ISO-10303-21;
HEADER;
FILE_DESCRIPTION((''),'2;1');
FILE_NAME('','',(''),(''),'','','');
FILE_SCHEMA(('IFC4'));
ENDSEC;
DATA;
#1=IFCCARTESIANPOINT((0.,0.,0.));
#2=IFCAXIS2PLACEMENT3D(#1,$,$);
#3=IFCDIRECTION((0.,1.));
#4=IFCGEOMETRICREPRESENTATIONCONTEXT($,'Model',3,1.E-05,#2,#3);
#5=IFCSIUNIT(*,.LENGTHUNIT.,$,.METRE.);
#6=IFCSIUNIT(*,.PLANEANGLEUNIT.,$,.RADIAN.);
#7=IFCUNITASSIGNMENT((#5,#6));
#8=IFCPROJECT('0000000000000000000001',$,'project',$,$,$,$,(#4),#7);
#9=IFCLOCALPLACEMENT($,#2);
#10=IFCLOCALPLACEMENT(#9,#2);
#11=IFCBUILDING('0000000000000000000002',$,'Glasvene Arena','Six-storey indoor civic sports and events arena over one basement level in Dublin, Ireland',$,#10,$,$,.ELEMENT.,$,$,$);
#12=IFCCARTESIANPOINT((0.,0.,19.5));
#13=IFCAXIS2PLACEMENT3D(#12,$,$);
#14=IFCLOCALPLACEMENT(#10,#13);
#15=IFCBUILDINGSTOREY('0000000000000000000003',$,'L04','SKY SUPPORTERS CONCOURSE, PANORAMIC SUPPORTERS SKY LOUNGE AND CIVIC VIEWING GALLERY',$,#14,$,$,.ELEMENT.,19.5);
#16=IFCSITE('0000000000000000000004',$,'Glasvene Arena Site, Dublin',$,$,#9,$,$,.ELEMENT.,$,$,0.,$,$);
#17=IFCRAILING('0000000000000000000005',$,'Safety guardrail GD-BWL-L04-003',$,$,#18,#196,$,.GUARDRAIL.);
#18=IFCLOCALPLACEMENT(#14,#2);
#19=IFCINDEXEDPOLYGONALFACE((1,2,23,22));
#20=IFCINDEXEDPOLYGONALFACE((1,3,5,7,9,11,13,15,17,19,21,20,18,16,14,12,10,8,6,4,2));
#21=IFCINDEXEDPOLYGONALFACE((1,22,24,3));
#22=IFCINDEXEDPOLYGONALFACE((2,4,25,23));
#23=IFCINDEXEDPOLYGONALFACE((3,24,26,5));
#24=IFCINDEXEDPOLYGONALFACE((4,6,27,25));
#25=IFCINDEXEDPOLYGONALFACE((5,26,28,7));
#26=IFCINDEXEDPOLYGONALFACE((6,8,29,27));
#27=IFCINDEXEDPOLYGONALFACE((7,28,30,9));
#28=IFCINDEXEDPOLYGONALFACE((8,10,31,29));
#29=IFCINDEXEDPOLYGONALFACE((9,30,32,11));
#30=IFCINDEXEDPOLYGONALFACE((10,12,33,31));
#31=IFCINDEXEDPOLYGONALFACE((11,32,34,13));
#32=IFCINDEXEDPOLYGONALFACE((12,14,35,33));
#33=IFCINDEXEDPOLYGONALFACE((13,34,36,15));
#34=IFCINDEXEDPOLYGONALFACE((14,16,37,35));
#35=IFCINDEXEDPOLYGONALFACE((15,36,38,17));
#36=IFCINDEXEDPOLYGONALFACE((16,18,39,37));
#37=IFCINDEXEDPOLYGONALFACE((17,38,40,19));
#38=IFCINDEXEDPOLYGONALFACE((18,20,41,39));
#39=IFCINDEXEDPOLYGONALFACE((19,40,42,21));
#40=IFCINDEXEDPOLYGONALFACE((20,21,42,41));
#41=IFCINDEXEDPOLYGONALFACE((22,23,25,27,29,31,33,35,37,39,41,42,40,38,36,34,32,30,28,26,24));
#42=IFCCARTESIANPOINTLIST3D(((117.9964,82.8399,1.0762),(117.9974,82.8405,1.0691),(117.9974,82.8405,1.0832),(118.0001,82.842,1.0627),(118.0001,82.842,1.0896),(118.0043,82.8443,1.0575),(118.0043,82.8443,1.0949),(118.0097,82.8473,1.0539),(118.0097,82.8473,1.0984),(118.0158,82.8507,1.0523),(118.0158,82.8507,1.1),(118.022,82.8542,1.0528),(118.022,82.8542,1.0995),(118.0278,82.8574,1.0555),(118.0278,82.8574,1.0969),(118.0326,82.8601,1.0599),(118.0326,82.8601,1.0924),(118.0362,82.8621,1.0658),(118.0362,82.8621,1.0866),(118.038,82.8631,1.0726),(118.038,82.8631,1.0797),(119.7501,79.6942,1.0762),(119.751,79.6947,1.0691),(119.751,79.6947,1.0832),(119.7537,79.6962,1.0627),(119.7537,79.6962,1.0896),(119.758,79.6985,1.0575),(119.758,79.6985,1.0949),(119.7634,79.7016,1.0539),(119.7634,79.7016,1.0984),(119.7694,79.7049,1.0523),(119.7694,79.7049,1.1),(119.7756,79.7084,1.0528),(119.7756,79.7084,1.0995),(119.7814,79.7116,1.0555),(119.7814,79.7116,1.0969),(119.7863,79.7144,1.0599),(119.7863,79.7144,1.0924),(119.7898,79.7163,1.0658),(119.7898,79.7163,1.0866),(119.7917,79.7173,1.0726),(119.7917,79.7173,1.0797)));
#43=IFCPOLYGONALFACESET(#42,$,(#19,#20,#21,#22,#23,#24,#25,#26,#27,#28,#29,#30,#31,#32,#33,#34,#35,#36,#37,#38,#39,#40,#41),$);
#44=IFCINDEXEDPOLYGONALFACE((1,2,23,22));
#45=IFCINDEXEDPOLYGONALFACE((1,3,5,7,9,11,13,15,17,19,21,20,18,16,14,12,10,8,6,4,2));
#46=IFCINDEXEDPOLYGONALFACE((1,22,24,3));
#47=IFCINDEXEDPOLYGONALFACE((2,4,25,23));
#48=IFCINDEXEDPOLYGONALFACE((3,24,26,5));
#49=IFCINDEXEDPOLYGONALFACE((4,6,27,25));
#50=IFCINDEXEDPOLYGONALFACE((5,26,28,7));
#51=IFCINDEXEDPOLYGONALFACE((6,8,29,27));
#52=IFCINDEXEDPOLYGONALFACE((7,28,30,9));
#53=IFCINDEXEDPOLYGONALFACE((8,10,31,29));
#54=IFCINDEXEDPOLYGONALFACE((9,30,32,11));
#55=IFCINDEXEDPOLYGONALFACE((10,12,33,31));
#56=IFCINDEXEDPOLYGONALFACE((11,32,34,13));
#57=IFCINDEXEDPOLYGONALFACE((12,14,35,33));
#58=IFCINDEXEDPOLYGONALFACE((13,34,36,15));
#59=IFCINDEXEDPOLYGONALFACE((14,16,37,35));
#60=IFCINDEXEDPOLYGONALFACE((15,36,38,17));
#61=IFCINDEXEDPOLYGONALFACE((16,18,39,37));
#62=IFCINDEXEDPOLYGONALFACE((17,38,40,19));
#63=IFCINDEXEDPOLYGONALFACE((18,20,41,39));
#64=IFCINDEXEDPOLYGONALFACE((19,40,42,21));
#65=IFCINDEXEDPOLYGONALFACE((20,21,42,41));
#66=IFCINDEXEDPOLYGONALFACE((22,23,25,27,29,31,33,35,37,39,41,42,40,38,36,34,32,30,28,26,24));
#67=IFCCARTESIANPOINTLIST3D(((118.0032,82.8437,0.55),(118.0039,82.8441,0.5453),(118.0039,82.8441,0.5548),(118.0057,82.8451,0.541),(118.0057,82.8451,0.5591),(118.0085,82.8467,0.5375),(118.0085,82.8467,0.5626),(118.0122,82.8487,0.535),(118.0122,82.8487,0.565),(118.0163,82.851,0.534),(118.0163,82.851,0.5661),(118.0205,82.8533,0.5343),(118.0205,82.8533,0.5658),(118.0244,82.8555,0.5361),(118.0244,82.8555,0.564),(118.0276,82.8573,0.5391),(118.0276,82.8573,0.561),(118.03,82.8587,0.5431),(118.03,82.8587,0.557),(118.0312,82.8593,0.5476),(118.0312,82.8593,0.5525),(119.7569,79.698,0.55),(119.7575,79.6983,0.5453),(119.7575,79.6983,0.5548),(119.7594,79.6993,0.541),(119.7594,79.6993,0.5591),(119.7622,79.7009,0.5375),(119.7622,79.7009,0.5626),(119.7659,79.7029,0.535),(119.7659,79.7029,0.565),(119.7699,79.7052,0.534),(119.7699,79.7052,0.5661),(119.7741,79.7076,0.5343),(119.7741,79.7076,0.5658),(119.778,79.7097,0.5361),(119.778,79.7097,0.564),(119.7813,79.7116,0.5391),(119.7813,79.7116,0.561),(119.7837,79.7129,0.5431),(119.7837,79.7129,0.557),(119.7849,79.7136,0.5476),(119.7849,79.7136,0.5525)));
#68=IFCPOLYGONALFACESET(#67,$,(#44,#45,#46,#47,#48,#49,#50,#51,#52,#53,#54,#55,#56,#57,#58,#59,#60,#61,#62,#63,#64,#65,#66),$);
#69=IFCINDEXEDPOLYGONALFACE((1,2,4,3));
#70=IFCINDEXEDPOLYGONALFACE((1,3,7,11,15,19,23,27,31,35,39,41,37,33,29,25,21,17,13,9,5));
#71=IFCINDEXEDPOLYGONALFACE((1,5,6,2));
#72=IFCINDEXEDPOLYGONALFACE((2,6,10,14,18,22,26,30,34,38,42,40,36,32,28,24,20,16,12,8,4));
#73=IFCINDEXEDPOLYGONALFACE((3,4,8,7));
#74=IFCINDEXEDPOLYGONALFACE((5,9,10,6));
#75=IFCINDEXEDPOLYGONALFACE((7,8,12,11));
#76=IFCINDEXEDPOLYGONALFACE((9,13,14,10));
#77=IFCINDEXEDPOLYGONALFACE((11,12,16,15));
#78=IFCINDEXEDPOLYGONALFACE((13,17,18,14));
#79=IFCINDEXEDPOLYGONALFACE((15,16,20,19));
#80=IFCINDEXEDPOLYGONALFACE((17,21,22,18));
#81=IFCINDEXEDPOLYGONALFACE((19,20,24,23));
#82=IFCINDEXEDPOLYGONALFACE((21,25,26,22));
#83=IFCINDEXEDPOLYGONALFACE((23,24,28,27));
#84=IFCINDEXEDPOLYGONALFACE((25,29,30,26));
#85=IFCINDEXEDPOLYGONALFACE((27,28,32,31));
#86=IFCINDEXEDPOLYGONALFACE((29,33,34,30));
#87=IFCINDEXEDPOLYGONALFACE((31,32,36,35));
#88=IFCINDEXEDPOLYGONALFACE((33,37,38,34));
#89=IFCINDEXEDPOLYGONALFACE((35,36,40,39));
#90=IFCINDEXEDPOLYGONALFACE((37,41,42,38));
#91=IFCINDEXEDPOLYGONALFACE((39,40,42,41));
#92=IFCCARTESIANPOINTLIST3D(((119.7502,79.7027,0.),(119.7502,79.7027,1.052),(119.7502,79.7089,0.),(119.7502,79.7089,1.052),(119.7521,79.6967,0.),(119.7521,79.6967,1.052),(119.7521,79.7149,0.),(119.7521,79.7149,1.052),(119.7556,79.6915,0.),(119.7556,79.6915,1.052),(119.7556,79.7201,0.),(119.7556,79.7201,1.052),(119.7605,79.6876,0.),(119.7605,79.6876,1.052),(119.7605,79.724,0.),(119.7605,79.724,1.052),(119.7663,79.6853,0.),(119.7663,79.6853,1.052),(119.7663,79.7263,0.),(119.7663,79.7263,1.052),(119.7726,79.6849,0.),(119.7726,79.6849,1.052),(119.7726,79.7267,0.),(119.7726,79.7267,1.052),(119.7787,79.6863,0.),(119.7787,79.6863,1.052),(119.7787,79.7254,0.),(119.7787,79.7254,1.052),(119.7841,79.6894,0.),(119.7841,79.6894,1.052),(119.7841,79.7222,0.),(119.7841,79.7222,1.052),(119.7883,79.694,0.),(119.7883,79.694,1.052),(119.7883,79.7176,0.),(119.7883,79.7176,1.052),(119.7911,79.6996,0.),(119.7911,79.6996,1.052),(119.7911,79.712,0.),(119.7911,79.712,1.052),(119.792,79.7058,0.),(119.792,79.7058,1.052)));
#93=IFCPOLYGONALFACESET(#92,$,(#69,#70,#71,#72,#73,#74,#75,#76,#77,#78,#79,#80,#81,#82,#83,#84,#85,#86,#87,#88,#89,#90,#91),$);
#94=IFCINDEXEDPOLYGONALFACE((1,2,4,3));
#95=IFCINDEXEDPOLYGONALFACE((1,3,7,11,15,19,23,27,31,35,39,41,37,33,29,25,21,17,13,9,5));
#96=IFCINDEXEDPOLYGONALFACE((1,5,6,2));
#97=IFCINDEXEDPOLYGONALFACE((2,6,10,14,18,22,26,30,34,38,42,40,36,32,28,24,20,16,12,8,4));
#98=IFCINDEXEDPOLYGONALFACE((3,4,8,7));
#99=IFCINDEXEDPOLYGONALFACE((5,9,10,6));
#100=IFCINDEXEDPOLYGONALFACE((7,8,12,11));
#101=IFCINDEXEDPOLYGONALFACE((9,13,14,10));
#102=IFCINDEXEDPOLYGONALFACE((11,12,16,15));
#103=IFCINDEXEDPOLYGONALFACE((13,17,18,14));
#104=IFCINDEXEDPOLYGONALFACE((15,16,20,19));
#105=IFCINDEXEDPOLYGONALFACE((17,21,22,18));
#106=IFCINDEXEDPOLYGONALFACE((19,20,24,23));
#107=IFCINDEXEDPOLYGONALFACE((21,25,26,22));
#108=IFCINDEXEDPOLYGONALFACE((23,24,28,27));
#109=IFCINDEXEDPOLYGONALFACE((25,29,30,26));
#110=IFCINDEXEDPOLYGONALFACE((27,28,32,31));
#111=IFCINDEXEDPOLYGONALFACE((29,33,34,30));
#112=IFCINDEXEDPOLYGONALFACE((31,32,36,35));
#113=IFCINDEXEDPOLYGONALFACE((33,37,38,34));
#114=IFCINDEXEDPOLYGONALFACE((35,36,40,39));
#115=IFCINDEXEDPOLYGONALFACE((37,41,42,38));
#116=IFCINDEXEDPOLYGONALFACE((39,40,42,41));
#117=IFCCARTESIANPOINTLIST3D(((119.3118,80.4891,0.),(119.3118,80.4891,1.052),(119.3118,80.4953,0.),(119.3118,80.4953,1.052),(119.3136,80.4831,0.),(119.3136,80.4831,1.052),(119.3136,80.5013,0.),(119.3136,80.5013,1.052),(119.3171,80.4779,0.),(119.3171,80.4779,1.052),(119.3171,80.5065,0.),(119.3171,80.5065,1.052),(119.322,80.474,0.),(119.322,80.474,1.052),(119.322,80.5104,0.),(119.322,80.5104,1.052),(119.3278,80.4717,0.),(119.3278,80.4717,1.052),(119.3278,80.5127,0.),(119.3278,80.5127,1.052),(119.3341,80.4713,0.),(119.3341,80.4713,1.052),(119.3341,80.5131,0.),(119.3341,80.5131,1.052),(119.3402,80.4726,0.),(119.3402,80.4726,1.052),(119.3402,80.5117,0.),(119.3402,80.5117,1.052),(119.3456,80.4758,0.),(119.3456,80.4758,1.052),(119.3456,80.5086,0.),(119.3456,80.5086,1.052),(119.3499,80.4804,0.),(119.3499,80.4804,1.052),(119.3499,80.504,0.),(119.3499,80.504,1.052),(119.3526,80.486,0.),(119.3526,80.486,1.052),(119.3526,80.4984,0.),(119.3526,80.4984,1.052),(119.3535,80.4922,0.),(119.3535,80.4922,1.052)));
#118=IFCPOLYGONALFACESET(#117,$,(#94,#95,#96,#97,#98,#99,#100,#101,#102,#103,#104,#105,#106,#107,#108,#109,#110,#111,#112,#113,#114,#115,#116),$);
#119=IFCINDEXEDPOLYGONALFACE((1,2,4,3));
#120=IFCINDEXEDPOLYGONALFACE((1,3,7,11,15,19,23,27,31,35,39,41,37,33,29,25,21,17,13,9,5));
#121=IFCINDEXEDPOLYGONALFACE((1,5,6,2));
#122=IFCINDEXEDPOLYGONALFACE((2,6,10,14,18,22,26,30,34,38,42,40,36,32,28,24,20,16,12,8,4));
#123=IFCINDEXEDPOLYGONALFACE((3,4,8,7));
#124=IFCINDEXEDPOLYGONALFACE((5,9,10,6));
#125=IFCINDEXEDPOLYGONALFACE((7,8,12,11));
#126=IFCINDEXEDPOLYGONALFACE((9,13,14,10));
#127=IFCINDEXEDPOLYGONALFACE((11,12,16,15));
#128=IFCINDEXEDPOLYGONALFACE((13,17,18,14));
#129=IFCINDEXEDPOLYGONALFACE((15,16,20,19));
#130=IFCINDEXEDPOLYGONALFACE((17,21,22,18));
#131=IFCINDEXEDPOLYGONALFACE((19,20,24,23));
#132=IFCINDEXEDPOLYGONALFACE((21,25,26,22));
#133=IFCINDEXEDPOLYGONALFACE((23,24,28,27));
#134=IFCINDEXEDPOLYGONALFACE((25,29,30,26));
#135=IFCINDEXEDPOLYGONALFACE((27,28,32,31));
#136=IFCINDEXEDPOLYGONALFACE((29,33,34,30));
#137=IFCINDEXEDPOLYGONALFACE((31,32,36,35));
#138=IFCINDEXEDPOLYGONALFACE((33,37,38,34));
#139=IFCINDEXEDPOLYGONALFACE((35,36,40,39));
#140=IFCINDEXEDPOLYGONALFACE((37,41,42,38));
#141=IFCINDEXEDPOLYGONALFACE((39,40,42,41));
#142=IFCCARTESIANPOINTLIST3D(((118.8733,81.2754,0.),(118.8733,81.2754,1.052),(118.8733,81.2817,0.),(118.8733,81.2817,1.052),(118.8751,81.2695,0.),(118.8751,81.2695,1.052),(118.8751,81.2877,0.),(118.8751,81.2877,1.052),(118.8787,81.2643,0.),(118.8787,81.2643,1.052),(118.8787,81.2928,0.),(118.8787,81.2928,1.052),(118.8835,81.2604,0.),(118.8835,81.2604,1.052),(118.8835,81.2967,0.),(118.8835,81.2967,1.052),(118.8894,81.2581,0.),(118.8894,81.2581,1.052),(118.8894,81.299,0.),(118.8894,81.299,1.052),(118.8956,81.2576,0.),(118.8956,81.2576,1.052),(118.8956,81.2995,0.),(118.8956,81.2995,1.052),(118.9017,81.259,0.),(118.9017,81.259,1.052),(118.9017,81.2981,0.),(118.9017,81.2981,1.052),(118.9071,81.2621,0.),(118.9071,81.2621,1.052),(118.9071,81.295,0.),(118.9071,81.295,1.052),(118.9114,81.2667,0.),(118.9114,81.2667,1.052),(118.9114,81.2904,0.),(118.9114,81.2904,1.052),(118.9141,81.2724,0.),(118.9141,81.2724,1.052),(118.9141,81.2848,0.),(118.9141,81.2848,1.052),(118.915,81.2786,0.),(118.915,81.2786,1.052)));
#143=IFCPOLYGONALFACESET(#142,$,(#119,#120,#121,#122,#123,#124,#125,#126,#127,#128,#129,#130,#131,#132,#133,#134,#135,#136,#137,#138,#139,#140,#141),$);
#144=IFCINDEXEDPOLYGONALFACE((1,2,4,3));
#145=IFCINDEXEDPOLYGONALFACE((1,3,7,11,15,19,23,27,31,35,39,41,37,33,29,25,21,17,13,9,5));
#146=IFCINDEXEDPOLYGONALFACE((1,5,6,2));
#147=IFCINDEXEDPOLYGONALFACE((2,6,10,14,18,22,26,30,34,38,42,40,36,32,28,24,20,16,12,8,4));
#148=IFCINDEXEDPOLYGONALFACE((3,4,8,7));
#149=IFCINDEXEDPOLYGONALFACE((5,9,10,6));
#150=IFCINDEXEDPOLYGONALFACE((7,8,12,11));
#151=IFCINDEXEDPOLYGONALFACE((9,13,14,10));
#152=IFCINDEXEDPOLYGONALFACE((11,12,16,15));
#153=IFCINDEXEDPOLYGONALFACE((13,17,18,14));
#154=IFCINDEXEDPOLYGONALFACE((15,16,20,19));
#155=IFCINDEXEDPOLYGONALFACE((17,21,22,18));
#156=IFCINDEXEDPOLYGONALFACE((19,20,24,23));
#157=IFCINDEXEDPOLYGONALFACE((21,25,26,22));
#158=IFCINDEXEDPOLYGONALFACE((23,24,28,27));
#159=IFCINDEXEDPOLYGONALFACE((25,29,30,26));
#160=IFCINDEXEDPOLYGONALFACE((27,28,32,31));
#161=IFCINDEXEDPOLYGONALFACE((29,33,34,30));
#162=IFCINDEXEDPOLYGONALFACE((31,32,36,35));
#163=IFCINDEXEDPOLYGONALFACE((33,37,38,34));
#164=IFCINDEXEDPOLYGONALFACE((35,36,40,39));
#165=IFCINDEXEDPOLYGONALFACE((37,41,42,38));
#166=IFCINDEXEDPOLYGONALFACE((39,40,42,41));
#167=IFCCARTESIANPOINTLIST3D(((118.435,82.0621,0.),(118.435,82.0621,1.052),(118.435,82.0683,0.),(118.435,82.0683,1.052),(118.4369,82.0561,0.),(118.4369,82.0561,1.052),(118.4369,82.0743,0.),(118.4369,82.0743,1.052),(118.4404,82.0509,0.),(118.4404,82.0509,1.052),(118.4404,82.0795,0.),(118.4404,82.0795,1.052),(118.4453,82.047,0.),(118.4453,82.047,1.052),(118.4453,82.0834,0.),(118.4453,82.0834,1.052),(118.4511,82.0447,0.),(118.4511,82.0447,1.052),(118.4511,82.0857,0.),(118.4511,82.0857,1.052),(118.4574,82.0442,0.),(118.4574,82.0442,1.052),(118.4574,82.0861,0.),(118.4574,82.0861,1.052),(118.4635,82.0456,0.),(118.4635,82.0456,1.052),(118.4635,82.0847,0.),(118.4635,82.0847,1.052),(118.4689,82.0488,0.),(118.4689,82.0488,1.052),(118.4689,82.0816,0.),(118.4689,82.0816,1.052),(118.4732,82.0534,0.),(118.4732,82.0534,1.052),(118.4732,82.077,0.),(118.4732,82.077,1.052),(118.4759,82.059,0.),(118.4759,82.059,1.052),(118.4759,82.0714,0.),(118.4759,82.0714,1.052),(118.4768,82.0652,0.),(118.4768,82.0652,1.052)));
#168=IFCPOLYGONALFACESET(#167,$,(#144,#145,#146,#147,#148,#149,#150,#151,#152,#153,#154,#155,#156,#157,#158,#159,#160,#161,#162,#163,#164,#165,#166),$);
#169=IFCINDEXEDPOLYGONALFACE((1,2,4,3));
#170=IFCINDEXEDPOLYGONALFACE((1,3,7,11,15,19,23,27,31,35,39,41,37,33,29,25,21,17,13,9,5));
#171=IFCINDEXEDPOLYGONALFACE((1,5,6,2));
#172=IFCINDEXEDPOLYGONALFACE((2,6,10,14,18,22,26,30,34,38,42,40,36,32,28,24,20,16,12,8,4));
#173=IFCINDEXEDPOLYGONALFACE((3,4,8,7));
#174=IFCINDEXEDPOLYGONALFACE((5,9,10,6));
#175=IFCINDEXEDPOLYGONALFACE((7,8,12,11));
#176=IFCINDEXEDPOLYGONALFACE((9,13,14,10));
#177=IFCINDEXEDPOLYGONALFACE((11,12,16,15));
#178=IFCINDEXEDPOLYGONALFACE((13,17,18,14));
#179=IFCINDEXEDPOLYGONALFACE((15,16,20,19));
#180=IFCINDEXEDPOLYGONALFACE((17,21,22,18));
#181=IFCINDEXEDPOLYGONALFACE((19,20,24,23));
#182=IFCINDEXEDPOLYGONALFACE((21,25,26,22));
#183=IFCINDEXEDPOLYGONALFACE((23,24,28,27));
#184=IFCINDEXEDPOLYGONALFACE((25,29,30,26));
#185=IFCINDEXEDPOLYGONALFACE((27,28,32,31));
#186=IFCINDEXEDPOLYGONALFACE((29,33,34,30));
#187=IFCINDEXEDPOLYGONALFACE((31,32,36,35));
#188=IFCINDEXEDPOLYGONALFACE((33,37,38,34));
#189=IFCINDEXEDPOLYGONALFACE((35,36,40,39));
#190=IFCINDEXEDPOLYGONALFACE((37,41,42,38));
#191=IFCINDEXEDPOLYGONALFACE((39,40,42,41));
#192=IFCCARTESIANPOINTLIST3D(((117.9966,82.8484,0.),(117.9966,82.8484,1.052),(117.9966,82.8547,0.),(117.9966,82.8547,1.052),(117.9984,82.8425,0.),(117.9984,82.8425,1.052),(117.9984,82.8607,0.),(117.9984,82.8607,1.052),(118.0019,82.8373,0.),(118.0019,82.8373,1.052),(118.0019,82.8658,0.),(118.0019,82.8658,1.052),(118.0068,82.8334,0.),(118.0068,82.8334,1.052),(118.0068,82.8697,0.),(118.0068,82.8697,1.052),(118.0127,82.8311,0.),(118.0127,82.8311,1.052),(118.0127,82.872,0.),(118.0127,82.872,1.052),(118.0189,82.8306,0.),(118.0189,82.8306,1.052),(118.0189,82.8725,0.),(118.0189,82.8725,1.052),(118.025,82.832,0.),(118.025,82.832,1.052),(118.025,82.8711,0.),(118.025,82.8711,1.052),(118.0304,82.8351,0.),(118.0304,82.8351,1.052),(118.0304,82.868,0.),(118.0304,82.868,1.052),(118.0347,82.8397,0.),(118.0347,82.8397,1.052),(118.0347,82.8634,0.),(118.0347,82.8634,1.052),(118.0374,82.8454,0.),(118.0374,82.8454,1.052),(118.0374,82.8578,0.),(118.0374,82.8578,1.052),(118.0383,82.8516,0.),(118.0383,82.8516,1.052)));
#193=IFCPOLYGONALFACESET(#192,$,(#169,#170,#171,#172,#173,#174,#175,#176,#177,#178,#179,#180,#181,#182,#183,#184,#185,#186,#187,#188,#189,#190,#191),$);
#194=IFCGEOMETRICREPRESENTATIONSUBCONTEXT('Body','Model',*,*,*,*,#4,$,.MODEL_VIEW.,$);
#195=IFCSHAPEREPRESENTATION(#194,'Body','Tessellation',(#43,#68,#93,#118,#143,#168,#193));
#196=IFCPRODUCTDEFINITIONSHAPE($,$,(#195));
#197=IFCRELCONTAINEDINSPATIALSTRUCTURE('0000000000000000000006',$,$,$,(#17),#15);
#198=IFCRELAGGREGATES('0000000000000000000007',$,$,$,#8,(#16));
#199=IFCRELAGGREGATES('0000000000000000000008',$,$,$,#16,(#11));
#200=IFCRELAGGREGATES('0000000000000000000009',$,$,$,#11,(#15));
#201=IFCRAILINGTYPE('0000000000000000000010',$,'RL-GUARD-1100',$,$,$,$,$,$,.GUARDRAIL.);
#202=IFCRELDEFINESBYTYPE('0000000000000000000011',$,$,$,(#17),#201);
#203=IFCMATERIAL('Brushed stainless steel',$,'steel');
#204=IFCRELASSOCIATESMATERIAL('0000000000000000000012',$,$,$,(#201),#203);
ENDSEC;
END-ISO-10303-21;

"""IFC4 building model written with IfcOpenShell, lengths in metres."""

from ifc_helpers import new_model, si_unit, direction, frame, origin, origin_2d, place, context, subcontext, project, spatial, circle, extrude, material, type_object, element, save


model = new_model("IFC4")

# Units and contexts
model_context = context("Model", 3, precision=1e-05, world=origin(), true_north=direction((0.0, 1.0)))
body_context = subcontext(model_context, "Body", "Model", "MODEL_VIEW")
ifc_project = project(units=[si_unit("LENGTHUNIT", "METRE"), si_unit("PLANEANGLEUNIT", "RADIAN")], contexts=[model_context])

# Site, building, storey
site_placement = place(None, origin())
site = spatial("IfcSite", under=ifc_project, at=site_placement, Name="Glasvene Arena Site, Dublin", CompositionType="ELEMENT", RefElevation=0.0)
building_placement = place(site_placement, origin())
building = spatial("IfcBuilding", under=site, at=building_placement, Name="Glasvene Arena", Description="Six-storey indoor civic sports and events arena over one basement level in Dublin, Ireland", CompositionType="ELEMENT")
storey_placement = place(building_placement, frame((0.0, 0.0, 19.5)))
storey = spatial("IfcBuildingStorey", under=building, at=storey_placement, Name="L04", Description="SKY SUPPORTERS CONCOURSE, PANORAMIC SUPPORTERS SKY LOUNGE AND CIVIC VIEWING GALLERY", CompositionType="ELEMENT", Elevation=19.5)

# Railing
ifc_material = material(Name="Brushed stainless steel", Category="steel")
railing_type = type_object("IfcRailingType", Name="RL-GUARD-1100", PredefinedType="GUARDRAIL", material=ifc_material)
railing_1_placement = place(storey_placement, frame((119.771, 79.7058, 0.0)))
element("IfcRailing", 1, at=railing_1_placement, inside=storey, type_object=railing_type, Name="Safety guardrail GD-BWL-L04-003", PredefinedType="GUARDRAIL", context=body_context, shape_type="SweptSolid", body=[
    extrude(circle(Radius=0.0239, at=origin_2d()), frame((0.0, 0.0, 1.0762), z_axis=(-0.48692, 0.873446, 0.0), x_axis=(-0.873446, -0.48692, 0.0)), (0.0, 0.0, 1.0), 3.6016),
    extrude(circle(Radius=0.0161, at=origin_2d()), frame((0.0, 0.0, 0.55), z_axis=(-0.48692, 0.873446, 0.0), x_axis=(-0.873446, -0.48692, 0.0)), (0.0, 0.0, 1.0), 3.6016),
    extrude(circle(Radius=0.021, at=origin_2d()), origin(), (0.0, 0.0, 1.0), 1.052),
    extrude(circle(Radius=0.021, at=origin_2d()), frame((-0.4385, 0.7864, 0.0)), (0.0, 0.0, 1.0), 1.052),
    extrude(circle(Radius=0.021, at=origin_2d()), frame((-0.877, 1.5728, 0.0)), (0.0, 0.0, 1.0), 1.052),
    extrude(circle(Radius=0.021, at=origin_2d()), frame((-1.3152, 2.3594, 0.0)), (0.0, 0.0, 1.0), 1.052),
    extrude(circle(Radius=0.021, at=origin_2d()), frame((-1.7537, 3.1458, 0.0)), (0.0, 0.0, 1.0), 1.052),
])

save(model, "model.ifc")
